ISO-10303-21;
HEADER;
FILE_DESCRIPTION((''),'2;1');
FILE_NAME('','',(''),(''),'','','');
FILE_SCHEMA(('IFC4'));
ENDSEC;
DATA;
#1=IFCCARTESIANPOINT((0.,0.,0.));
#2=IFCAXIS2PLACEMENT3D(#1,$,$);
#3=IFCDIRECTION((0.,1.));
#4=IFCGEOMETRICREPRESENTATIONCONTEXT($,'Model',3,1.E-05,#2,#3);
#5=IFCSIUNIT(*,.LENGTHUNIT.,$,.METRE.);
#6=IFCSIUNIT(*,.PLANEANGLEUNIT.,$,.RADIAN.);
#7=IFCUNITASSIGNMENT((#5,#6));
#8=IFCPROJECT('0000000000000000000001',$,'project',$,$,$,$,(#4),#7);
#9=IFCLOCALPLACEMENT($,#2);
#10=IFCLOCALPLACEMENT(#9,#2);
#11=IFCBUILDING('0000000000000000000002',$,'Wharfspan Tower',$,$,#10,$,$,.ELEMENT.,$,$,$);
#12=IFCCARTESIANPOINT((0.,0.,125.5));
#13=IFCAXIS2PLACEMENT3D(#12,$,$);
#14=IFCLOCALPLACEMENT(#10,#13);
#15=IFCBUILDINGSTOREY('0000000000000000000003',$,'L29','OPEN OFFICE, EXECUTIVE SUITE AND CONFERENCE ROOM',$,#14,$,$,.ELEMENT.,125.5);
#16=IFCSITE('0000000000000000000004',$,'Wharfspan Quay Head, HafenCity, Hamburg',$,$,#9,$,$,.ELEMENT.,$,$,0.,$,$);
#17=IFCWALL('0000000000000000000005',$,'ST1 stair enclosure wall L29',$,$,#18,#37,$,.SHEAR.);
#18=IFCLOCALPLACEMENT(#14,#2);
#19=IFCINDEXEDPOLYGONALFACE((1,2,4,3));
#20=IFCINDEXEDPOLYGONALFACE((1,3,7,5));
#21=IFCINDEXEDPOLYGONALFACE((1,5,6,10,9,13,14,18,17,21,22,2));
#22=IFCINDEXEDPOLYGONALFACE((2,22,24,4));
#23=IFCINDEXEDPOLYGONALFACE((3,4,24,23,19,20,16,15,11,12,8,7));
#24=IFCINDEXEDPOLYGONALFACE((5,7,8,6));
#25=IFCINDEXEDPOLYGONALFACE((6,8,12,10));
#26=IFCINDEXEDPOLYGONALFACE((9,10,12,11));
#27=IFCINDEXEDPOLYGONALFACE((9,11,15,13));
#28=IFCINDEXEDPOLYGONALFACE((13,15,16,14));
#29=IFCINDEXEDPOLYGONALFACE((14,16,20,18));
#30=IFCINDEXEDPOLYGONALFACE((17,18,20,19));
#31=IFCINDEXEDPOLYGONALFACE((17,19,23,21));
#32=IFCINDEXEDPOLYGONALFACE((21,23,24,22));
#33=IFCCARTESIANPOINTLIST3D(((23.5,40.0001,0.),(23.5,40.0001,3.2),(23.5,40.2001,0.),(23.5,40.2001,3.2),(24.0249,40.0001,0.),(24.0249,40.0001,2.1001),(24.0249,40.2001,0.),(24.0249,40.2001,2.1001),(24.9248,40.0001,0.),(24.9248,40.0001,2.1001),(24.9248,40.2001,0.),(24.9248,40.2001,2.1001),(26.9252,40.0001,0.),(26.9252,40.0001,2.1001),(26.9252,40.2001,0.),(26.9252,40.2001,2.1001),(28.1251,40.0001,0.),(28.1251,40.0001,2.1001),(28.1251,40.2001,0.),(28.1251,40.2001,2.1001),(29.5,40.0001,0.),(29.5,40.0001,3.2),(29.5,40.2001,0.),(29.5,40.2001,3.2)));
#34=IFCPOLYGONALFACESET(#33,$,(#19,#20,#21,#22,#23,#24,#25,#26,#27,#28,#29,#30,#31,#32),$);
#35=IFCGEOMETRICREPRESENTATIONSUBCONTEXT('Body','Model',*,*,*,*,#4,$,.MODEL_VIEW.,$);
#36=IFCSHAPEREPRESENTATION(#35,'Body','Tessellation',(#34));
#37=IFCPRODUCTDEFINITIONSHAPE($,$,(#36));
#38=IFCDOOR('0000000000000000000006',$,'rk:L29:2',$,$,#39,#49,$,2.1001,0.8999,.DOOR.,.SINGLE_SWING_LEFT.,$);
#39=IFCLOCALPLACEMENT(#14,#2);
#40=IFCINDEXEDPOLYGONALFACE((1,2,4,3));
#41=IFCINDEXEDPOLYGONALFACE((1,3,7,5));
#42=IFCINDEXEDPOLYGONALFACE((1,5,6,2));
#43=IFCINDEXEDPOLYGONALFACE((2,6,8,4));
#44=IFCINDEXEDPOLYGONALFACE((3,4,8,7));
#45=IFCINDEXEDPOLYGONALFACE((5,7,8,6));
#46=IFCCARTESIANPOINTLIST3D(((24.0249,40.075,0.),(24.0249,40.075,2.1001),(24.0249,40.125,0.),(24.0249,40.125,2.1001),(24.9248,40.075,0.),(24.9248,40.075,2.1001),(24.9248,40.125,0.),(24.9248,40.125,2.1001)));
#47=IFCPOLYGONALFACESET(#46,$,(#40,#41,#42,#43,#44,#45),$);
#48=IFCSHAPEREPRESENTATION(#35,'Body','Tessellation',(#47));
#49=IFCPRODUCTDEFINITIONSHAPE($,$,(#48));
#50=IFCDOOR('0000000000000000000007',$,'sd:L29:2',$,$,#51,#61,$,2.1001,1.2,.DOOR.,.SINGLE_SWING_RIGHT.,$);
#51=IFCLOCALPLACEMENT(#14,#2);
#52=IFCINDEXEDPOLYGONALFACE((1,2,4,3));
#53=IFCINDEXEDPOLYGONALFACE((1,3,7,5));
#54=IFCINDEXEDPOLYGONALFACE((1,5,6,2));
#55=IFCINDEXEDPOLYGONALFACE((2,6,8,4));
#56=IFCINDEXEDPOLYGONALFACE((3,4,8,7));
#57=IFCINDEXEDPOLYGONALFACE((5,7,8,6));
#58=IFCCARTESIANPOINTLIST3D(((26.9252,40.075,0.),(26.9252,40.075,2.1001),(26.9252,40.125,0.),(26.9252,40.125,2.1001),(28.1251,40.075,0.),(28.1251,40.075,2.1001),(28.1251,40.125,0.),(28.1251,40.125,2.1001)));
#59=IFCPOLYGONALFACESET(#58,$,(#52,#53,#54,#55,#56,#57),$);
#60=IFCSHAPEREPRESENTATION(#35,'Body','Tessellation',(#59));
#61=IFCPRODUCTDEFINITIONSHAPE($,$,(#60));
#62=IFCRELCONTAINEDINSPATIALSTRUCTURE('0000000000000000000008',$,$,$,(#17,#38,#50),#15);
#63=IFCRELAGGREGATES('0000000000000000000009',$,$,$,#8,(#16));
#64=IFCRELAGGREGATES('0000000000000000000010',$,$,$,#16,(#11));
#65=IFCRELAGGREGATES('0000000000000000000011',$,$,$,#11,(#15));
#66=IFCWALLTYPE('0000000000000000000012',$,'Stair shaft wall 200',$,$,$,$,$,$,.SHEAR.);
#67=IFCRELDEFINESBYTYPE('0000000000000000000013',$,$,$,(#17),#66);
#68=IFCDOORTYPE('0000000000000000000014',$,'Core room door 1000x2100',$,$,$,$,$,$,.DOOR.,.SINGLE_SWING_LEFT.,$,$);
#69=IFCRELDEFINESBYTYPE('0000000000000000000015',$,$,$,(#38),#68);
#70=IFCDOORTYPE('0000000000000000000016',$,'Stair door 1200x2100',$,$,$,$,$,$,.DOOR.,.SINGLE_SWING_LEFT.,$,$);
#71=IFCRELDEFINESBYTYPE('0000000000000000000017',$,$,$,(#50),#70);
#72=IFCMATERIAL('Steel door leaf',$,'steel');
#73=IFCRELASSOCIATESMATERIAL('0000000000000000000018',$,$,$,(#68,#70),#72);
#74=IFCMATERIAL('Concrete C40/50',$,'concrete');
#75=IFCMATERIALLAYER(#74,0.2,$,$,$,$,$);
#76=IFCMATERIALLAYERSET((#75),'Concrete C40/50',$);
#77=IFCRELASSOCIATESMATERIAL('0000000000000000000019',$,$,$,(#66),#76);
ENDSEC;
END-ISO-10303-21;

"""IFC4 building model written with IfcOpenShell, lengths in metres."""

from ifc_helpers import new_model, si_unit, direction, frame, frame_2d, origin, place, context, subcontext, project, spatial, rectangle, extrude, material, layer, layer_set, type_object, element, fill, save


model = new_model("IFC4")

# Units and contexts
model_context = context("Model", 3, precision=1e-05, world=origin(), true_north=direction((0.0, 1.0)))
body_context = subcontext(model_context, "Body", "Model", "MODEL_VIEW")
ifc_project = project(units=[si_unit("LENGTHUNIT", "METRE"), si_unit("PLANEANGLEUNIT", "RADIAN")], contexts=[model_context])

# Site, building, storey
site_placement = place(None, origin())
site = spatial("IfcSite", under=ifc_project, at=site_placement, Name="Wharfspan Quay Head, HafenCity, Hamburg", CompositionType="ELEMENT", RefElevation=0.0)
building_placement = place(site_placement, origin())
building = spatial("IfcBuilding", under=site, at=building_placement, Name="Wharfspan Tower", CompositionType="ELEMENT")
storey_placement = place(building_placement, frame((0.0, 0.0, 125.5)))
storey = spatial("IfcBuildingStorey", under=building, at=storey_placement, Name="L29", Description="OPEN OFFICE, EXECUTIVE SUITE AND CONFERENCE ROOM", CompositionType="ELEMENT", Elevation=125.5)

# Wall, openings, doors
ifc_material_1 = material(Name="Steel door leaf", Category="steel")
door_type_1 = type_object("IfcDoorType", Name="Core room door 1000x2100", OperationType="SINGLE_SWING_LEFT", PredefinedType="DOOR", material=ifc_material_1)
ifc_material_2 = material(Name="Concrete C40/50", Category="concrete")
ifc_layer_1 = layer(ifc_material_2, 0.2)
ifc_layer_set_1 = layer_set([ifc_layer_1], Name="Concrete C40/50")
wall_type_1 = type_object("IfcWallType", Name="Stair shaft wall 200", PredefinedType="SHEAR", material=ifc_layer_set_1)
wall_1_placement = place(storey_placement, frame((23.5, 40.1001, 0.0), z_axis=(0.0, 0.0, 1.0), x_axis=(1.0, 0.0, 0.0)))
wall_1 = element("IfcWall", 1, at=wall_1_placement, inside=storey, type_object=wall_type_1, Name="ST1 stair enclosure wall L29", PredefinedType="SHEAR", context=body_context, shape_type="SweptSolid", body=[
    extrude(rectangle(XDim=6.0, YDim=0.2, at=frame_2d((3.0, 0.0))), origin(), (0.0, 0.0, 1.0), 3.2),
])
opening_1_placement = place(wall_1_placement, frame((3.425, 0.0, 0.0)))
opening_1 = element("IfcOpeningElement", 2, at=opening_1_placement, cuts=wall_1, PredefinedType="OPENING", context=body_context, shape_type="SweptSolid", body=[
    extrude(rectangle(XDim=1.2, YDim=2.1001, at=frame_2d((0.6001, 1.05))), frame((0.0, 0.1099, 0.0), z_axis=(0.0, -1.0, 0.0), x_axis=(1.0, 0.0, 0.0)), (0.0, 0.0, 1.0), 0.22),
])
opening_2_placement = place(wall_1_placement, frame((0.5249, 0.0, 0.0)))
opening_2 = element("IfcOpeningElement", 3, at=opening_2_placement, cuts=wall_1, PredefinedType="OPENING", context=body_context, shape_type="SweptSolid", body=[
    extrude(rectangle(XDim=0.8999, YDim=2.1001, at=frame_2d((0.45, 1.05))), frame((0.0, 0.1099, 0.0), z_axis=(0.0, -1.0, 0.0), x_axis=(1.0, 0.0, 0.0)), (0.0, 0.0, 1.0), 0.22),
])
door_1_placement = place(opening_2_placement, origin())
door_1 = element("IfcDoor", 4, at=door_1_placement, inside=storey, type_object=door_type_1, Name="rk:L29:2", OperationType="SINGLE_SWING_LEFT", OverallHeight=2.1001, OverallWidth=0.8999, PredefinedType="DOOR", context=body_context, shape_type="SweptSolid", body=[
    extrude(rectangle(XDim=0.8999, YDim=2.1001, at=frame_2d((0.45, 1.05))), frame((0.0, 0.0249, 0.0), z_axis=(0.0, -1.0, 0.0), x_axis=(1.0, 0.0, 0.0)), (0.0, 0.0, 1.0), 0.05),
])
fill(opening_2, door_1)
door_type_2 = type_object("IfcDoorType", Name="Stair door 1200x2100", OperationType="SINGLE_SWING_LEFT", PredefinedType="DOOR", material=ifc_material_1)
door_2_placement = place(opening_1_placement, origin())
door_2 = element("IfcDoor", 5, at=door_2_placement, inside=storey, type_object=door_type_2, Name="sd:L29:2", OperationType="SINGLE_SWING_RIGHT", OverallHeight=2.1001, OverallWidth=1.2, PredefinedType="DOOR", context=body_context, shape_type="SweptSolid", body=[
    extrude(rectangle(XDim=1.2, YDim=2.1001, at=frame_2d((0.6001, 1.05))), frame((0.0, 0.0249, 0.0), z_axis=(0.0, -1.0, 0.0), x_axis=(1.0, 0.0, 0.0)), (0.0, 0.0, 1.0), 0.05),
])
fill(opening_1, door_2)

save(model, "model.ifc")
